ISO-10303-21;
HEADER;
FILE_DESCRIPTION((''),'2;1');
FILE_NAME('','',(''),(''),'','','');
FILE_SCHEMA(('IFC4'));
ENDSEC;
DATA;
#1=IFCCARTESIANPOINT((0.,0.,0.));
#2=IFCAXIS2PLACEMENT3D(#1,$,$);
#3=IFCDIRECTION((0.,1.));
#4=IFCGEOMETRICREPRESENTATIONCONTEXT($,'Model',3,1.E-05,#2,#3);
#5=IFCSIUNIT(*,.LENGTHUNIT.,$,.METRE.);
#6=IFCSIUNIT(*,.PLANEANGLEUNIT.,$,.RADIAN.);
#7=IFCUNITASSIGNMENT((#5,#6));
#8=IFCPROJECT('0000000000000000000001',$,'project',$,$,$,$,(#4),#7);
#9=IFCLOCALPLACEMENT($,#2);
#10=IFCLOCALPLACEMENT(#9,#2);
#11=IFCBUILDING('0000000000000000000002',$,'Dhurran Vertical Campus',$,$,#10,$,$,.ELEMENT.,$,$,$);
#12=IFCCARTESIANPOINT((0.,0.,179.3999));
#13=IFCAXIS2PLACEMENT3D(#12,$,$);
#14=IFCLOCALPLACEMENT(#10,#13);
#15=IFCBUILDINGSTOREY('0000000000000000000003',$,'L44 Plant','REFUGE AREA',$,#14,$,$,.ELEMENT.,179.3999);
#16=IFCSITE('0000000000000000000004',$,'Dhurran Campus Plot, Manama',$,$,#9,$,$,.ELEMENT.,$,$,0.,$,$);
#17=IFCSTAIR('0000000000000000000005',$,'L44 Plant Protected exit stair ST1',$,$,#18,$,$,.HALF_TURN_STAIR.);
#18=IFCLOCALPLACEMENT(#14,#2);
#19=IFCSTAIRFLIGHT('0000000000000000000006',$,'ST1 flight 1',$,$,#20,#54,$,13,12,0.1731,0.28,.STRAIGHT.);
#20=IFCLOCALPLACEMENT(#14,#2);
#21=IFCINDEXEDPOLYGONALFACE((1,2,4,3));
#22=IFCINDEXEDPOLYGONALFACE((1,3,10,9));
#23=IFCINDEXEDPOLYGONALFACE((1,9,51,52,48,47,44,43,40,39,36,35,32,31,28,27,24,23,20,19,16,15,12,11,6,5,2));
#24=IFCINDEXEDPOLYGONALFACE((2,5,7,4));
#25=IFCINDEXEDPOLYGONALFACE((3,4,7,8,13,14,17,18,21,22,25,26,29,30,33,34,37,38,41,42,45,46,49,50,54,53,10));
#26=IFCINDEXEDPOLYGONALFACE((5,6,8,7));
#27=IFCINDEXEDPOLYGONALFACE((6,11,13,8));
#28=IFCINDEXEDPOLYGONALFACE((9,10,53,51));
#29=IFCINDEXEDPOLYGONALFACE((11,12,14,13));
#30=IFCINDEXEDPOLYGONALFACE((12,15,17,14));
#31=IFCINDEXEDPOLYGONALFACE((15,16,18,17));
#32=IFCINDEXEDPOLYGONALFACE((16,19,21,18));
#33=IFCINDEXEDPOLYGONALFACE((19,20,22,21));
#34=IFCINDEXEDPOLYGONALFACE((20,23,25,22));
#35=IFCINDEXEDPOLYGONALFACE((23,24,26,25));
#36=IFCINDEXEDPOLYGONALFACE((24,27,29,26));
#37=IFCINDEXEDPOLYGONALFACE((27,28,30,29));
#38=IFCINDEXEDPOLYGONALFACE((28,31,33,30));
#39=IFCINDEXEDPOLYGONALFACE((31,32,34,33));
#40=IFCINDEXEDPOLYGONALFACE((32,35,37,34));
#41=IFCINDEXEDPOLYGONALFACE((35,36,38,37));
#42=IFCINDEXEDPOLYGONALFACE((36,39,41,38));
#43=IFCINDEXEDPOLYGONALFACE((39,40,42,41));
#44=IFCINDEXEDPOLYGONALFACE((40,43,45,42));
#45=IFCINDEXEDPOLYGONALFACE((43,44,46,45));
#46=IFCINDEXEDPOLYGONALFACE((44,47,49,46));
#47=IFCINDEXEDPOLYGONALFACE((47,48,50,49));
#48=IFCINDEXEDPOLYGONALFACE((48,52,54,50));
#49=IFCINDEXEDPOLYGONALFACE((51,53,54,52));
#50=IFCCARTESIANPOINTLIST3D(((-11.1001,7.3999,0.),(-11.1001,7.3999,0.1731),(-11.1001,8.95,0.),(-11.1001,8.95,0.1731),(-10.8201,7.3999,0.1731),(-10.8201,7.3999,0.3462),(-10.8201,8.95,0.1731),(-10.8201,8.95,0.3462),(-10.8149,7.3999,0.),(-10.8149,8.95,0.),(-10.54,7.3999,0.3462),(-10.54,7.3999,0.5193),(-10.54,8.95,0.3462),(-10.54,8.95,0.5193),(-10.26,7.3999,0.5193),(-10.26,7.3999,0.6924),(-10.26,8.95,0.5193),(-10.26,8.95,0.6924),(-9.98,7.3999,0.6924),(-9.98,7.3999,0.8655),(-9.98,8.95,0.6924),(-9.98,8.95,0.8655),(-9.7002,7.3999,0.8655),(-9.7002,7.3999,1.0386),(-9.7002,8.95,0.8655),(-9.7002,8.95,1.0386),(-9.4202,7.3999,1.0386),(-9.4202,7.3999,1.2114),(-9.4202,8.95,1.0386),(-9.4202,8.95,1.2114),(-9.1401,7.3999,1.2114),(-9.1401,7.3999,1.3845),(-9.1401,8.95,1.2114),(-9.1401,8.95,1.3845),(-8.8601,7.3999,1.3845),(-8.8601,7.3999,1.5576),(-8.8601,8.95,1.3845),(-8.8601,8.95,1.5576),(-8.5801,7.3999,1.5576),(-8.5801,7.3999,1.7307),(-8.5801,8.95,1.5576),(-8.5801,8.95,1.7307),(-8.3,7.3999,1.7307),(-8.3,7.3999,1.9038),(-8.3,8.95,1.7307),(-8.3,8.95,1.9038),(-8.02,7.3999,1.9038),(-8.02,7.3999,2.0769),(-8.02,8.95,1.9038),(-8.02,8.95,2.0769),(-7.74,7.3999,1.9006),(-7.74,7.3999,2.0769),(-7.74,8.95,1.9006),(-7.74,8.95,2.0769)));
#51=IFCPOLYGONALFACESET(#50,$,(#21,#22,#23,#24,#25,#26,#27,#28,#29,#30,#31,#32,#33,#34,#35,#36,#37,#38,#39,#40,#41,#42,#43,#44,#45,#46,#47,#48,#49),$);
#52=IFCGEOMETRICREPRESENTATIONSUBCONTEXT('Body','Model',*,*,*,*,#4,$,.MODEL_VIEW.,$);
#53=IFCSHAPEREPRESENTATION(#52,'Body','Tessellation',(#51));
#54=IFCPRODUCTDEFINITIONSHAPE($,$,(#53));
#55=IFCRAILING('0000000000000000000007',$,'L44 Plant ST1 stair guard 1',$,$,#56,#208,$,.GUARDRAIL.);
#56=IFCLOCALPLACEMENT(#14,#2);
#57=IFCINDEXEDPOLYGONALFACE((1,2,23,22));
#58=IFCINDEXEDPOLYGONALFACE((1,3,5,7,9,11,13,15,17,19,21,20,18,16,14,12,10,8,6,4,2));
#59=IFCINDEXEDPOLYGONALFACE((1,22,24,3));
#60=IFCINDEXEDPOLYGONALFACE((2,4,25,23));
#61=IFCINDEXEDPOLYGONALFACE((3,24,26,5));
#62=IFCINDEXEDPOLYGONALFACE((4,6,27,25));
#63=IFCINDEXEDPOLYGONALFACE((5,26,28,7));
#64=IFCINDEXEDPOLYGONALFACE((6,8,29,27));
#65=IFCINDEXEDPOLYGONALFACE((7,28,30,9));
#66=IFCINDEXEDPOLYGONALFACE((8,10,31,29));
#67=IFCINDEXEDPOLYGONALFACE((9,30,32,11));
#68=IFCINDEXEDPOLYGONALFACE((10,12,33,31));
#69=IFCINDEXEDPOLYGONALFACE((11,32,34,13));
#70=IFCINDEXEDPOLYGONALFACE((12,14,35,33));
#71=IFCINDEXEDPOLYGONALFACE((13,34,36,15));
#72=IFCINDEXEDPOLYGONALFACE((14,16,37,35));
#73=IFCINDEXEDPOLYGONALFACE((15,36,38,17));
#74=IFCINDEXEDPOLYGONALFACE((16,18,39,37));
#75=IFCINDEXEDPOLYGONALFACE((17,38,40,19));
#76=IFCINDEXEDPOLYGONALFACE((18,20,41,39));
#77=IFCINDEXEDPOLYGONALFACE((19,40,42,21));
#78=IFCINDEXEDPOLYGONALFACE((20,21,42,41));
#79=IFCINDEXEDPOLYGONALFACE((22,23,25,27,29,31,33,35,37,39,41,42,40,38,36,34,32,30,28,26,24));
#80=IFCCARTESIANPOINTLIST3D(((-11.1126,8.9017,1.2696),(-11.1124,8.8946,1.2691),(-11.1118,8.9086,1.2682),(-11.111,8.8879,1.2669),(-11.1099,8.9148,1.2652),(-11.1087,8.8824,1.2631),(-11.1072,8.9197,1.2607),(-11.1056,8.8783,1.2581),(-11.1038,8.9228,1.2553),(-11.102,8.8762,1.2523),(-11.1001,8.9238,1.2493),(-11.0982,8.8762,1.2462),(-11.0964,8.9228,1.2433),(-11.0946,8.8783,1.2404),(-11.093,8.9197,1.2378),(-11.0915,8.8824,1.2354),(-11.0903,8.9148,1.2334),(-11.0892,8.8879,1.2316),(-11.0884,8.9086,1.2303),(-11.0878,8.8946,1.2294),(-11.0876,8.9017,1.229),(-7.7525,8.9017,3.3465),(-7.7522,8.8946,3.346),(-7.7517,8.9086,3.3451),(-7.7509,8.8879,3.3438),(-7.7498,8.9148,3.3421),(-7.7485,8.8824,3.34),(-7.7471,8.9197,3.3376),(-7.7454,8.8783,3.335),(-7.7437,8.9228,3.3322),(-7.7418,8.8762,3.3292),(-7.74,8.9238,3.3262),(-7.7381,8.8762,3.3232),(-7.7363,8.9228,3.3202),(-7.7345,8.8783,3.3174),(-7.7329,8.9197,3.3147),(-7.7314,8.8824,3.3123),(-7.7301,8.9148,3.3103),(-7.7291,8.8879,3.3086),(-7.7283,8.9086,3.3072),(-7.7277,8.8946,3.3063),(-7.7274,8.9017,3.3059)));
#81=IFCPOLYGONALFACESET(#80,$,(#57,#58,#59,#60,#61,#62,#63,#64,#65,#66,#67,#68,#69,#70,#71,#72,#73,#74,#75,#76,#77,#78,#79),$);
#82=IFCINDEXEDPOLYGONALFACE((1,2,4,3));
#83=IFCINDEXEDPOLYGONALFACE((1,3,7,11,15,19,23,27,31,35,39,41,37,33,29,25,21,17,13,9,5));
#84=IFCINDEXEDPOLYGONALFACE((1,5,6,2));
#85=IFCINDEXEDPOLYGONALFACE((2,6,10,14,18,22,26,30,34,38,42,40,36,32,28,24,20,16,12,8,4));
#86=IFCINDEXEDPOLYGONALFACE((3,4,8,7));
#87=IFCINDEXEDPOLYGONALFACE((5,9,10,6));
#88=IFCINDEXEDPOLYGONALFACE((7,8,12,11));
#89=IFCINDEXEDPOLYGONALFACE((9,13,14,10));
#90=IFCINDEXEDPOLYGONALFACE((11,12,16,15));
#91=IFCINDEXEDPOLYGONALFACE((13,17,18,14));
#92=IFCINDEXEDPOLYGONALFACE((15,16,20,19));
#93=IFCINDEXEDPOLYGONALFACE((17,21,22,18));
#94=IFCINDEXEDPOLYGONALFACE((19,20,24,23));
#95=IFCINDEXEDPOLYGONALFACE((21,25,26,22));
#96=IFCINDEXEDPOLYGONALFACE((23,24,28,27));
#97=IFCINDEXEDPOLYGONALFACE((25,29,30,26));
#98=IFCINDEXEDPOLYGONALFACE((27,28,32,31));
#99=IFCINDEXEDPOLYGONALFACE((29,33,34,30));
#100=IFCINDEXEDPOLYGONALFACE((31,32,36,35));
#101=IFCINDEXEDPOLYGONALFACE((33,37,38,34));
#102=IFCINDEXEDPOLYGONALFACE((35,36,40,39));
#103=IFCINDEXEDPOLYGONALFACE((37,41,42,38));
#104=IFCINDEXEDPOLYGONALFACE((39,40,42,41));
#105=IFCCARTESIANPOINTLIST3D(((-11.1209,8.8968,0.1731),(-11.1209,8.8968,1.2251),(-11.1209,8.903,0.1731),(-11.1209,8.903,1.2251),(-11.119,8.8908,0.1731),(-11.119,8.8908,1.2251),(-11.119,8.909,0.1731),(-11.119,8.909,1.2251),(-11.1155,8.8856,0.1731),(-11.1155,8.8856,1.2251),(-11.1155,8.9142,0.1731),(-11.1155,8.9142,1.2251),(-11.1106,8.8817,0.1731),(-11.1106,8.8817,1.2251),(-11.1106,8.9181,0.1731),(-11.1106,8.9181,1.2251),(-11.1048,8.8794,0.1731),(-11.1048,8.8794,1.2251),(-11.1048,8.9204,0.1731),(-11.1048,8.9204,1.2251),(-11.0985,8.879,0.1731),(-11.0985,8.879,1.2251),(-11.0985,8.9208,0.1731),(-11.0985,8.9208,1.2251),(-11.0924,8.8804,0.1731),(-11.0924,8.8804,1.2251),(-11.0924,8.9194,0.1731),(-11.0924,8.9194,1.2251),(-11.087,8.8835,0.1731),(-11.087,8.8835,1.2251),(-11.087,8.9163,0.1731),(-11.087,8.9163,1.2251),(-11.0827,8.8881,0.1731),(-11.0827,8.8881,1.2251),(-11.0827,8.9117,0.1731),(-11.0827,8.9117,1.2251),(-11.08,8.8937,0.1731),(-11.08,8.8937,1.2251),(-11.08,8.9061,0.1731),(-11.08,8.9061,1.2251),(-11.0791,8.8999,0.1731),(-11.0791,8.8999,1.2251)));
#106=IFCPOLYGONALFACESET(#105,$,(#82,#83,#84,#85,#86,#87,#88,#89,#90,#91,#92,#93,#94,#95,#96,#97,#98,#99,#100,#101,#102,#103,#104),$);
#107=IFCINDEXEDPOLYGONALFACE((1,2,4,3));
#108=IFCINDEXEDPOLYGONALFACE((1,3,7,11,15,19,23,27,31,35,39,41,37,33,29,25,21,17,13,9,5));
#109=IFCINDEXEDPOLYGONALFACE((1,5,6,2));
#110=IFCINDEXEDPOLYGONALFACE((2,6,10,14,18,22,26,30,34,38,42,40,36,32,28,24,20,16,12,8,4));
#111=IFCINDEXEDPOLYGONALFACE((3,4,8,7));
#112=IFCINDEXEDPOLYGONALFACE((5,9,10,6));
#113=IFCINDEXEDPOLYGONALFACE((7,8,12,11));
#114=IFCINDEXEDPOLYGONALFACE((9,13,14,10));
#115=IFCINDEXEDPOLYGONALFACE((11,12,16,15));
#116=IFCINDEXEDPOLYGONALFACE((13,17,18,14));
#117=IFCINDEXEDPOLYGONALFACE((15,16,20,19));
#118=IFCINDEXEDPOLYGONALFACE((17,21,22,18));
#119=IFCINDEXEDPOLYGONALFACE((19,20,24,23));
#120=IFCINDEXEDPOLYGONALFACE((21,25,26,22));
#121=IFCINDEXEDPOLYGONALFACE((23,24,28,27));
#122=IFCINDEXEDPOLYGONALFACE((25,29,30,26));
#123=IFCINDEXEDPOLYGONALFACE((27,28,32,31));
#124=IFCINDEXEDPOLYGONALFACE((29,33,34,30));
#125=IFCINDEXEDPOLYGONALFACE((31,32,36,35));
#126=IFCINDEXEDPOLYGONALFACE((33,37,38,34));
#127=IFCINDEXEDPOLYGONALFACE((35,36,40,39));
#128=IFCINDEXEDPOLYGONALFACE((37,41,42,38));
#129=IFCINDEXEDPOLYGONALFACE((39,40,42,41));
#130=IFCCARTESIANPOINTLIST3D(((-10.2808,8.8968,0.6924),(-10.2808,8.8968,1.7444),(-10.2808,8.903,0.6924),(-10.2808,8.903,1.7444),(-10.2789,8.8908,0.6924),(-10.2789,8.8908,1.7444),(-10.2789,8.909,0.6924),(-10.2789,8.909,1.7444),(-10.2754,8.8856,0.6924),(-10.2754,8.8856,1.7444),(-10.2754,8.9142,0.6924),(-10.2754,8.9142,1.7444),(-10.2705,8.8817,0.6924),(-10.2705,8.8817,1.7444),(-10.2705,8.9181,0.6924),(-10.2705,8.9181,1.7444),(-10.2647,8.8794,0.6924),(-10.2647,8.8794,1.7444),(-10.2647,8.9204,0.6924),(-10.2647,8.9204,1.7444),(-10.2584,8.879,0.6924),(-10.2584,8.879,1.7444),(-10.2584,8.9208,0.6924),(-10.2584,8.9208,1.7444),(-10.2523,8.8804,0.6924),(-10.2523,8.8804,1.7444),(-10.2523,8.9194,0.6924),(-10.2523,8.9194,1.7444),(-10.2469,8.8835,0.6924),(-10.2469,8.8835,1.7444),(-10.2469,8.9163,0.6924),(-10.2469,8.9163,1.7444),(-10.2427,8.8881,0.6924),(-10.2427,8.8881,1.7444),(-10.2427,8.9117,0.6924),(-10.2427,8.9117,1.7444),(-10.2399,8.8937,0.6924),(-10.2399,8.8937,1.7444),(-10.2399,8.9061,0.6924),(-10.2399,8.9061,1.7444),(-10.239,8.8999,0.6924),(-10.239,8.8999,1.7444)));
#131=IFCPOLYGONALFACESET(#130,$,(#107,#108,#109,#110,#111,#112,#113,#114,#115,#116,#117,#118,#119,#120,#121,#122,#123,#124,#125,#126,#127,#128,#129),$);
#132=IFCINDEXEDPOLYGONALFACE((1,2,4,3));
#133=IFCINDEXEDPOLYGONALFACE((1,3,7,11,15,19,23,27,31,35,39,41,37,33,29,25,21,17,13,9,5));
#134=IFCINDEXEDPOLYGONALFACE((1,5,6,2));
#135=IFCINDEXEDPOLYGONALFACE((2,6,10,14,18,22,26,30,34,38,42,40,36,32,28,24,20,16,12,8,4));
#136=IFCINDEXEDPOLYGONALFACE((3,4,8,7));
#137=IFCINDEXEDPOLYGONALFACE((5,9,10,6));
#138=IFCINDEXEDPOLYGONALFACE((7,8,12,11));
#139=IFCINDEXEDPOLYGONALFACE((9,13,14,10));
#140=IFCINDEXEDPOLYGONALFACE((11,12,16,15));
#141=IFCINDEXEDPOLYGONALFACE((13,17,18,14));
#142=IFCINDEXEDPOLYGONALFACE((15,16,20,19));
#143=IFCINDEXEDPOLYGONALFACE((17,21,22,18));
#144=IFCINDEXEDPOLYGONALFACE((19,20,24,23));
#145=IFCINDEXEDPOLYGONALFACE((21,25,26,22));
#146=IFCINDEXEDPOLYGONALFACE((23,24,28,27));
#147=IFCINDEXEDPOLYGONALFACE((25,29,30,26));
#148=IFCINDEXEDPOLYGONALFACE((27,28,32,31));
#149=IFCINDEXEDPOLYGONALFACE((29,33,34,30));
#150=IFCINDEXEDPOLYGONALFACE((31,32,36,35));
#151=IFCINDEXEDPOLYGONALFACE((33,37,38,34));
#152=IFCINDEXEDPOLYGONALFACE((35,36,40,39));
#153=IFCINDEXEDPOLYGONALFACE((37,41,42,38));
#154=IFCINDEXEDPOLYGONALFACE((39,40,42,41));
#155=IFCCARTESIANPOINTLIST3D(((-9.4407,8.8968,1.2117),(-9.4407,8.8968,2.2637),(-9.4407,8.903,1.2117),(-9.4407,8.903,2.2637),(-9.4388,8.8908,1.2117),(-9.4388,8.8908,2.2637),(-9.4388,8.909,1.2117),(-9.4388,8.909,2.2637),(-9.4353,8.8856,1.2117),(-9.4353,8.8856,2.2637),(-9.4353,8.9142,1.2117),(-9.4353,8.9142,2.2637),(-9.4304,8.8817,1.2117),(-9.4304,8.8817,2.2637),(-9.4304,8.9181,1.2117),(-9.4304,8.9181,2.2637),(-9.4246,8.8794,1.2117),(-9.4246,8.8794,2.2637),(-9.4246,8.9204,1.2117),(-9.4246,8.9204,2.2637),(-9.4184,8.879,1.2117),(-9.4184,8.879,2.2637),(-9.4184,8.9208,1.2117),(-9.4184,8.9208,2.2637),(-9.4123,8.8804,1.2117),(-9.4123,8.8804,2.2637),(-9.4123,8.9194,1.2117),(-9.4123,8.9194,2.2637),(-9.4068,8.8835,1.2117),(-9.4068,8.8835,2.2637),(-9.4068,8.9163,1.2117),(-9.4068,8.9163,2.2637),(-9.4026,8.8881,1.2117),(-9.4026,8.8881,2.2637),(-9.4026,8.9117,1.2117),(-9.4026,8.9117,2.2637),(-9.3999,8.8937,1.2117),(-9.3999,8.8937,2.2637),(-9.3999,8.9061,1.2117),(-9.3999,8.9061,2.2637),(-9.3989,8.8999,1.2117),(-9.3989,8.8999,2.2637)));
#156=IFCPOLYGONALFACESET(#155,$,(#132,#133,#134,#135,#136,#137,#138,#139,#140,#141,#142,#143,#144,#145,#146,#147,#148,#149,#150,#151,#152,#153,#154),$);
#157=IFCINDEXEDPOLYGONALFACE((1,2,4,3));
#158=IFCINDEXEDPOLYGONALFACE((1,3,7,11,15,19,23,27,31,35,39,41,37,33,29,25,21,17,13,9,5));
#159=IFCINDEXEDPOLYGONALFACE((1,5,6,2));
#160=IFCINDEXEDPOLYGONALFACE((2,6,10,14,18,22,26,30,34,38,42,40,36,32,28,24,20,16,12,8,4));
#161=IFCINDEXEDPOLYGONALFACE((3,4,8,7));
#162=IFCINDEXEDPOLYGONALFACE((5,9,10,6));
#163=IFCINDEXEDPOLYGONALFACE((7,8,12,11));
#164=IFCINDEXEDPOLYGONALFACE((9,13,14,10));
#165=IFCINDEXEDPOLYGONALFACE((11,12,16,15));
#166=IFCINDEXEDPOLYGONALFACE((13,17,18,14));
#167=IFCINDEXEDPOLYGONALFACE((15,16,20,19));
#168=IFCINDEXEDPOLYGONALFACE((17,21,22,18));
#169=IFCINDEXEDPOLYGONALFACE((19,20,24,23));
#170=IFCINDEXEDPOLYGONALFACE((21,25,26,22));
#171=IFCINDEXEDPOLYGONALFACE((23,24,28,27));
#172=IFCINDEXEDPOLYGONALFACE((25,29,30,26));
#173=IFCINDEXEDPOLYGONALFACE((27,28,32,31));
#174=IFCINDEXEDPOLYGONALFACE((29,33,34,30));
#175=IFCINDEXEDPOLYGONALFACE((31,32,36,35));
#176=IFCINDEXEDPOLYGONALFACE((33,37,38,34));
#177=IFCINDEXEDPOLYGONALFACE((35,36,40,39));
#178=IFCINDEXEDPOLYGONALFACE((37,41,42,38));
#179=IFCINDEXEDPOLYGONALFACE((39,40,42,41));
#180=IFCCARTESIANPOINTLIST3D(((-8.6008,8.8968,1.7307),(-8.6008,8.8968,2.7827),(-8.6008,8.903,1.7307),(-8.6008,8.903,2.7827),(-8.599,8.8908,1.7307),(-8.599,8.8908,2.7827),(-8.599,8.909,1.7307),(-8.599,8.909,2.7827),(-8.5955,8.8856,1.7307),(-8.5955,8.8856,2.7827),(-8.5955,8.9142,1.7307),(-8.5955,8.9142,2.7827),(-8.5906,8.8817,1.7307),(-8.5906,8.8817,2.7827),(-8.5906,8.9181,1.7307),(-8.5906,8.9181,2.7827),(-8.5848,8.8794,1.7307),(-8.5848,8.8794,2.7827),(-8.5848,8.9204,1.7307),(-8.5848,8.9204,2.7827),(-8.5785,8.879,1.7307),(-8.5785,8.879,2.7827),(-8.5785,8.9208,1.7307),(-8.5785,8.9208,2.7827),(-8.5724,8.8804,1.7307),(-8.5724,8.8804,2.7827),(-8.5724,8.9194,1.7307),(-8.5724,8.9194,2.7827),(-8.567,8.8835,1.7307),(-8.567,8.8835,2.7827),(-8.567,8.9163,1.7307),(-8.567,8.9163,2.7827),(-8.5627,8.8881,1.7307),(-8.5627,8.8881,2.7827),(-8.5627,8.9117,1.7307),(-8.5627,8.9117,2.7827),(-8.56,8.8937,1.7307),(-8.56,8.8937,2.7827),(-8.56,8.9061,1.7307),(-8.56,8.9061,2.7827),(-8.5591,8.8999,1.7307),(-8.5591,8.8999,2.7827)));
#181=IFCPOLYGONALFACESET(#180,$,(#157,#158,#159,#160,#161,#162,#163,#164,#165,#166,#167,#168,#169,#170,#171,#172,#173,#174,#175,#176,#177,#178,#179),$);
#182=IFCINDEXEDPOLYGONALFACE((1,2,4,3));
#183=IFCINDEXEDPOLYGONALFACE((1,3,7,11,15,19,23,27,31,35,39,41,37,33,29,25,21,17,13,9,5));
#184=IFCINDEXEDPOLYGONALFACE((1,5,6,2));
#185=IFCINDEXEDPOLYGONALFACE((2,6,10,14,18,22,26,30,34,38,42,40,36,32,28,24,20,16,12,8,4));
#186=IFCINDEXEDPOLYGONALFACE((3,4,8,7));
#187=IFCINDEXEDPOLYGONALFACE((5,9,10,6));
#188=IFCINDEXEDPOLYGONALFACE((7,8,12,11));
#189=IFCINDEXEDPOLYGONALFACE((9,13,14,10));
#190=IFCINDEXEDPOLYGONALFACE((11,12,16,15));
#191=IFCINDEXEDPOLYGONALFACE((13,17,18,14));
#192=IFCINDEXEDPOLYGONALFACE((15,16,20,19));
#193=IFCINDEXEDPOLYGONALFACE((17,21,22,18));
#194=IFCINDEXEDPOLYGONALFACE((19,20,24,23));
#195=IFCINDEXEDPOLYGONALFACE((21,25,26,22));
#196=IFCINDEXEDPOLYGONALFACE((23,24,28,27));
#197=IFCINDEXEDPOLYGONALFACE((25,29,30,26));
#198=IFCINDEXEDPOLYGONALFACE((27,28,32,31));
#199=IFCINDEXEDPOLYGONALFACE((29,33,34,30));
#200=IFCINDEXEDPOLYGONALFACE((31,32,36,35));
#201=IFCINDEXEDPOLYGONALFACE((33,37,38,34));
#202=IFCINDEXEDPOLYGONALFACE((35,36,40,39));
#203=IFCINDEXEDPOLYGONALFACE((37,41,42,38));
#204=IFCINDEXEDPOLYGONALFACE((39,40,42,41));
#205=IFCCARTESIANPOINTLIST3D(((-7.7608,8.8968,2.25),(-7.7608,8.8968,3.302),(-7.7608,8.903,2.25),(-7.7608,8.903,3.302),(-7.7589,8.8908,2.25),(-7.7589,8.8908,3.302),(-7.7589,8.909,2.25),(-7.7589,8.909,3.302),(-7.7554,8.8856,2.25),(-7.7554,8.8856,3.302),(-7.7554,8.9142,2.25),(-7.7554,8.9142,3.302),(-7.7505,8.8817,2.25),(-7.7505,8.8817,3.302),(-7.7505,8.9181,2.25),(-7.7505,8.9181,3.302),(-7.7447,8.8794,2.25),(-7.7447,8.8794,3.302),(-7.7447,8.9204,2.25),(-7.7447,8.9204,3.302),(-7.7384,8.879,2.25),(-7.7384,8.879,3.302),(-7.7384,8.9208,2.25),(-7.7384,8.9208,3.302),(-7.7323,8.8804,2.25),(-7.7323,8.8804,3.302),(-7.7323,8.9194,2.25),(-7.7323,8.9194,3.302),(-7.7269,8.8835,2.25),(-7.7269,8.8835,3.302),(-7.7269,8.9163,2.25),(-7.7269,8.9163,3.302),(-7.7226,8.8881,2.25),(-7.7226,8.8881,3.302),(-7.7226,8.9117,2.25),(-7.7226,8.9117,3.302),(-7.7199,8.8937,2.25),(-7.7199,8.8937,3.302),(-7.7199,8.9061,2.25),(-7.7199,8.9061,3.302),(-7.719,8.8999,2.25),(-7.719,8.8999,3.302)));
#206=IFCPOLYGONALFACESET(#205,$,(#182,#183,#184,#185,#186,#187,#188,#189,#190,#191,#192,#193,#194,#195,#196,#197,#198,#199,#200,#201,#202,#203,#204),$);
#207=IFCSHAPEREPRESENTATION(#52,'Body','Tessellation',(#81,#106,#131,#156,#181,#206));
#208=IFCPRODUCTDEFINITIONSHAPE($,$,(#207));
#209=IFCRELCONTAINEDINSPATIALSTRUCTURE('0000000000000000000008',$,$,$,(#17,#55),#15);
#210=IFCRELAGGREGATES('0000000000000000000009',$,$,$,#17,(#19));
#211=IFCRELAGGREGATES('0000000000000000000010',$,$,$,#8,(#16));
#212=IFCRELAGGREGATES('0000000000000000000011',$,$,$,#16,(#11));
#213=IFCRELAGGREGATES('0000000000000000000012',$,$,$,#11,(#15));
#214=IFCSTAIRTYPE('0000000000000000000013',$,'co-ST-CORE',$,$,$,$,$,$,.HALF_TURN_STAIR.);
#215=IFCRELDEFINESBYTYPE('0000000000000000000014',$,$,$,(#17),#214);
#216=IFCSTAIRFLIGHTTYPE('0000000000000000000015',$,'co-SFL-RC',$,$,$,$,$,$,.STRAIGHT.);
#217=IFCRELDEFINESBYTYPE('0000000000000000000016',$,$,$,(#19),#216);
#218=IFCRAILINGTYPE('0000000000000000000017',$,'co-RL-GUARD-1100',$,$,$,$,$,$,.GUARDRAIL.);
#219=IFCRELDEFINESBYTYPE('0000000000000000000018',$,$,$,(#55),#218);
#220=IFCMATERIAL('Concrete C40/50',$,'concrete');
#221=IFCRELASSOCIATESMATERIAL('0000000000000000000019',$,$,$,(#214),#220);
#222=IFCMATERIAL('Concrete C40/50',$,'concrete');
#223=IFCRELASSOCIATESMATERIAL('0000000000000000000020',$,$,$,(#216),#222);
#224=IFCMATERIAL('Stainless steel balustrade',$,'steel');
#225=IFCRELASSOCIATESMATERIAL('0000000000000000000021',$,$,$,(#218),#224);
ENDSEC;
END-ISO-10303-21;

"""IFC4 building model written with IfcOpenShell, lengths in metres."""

from ifc_helpers import new_model, si_unit, direction, frame, origin, origin_2d, place, context, subcontext, project, spatial, polyline, circle, outline, extrude, material, type_object, element, aggregate, save


model = new_model("IFC4")

# Units and contexts
model_context = context("Model", 3, precision=1e-05, world=origin(), true_north=direction((0.0, 1.0)))
body_context = subcontext(model_context, "Body", "Model", "MODEL_VIEW")
ifc_project = project(units=[si_unit("LENGTHUNIT", "METRE"), si_unit("PLANEANGLEUNIT", "RADIAN")], contexts=[model_context])

# Site, building, storey
site_placement = place(None, origin())
site = spatial("IfcSite", under=ifc_project, at=site_placement, Name="Dhurran Campus Plot, Manama", CompositionType="ELEMENT", RefElevation=0.0)
building_placement = place(site_placement, origin())
building = spatial("IfcBuilding", under=site, at=building_placement, Name="Dhurran Vertical Campus", CompositionType="ELEMENT")
storey_placement = place(building_placement, frame((0.0, 0.0, 179.3999)))
storey = spatial("IfcBuildingStorey", under=building, at=storey_placement, Name="L44 Plant", Description="REFUGE AREA", CompositionType="ELEMENT", Elevation=179.3999)

# Stair, stair flight
ifc_material_1 = material(Name="Concrete C40/50", Category="concrete")
stair_type = type_object("IfcStairType", Name="co-ST-CORE", PredefinedType="HALF_TURN_STAIR", material=ifc_material_1)
stair_placement = place(storey_placement, origin())
stair = element("IfcStair", 1, at=stair_placement, inside=storey, type_object=stair_type, Name="L44 Plant Protected exit stair ST1", PredefinedType="HALF_TURN_STAIR")
ifc_material_2 = material(Name="Concrete C40/50", Category="concrete")
stair_flight_type = type_object("IfcStairFlightType", Name="co-SFL-RC", PredefinedType="STRAIGHT", material=ifc_material_2)
stair_flight_placement = place(storey_placement, frame((-11.1001, 8.175, 0.0), z_axis=(0.0, 0.0, 1.0), x_axis=(1.0, 0.0, 0.0)))
stair_flight = element("IfcStairFlight", 2, at=stair_flight_placement, type_object=stair_flight_type, Name="ST1 flight 1", NumberOfRisers=13, NumberOfTreads=12, PredefinedType="STRAIGHT", RiserHeight=0.1731, TreadLength=0.28, context=body_context, shape_type="SweptSolid", body=[
    extrude(outline(polyline([(0.0, 0.0), (0.0, 0.1731), (0.28, 0.1731), (0.28, 0.3462), (0.5601, 0.3462), (0.5601, 0.5193), (0.8401, 0.5193), (0.8401, 0.6924), (1.1201, 0.6924), (1.1201, 0.8655), (1.3999, 0.8655), (1.3999, 1.0386), (1.6799, 1.0386), (1.6799, 1.2114), (1.96, 1.2114), (1.96, 1.3845), (2.24, 1.3845), (2.24, 1.5576), (2.52, 1.5576), (2.52, 1.7307), (2.8, 1.7307), (2.8, 1.9038), (3.0801, 1.9038), (3.0801, 2.0769), (3.3601, 2.0769), (3.3601, 2.25), (3.3601, 1.9006), (0.2852, 0.0), (0.0, 0.0)])), frame((0.0, 0.7749, 0.0), z_axis=(0.0, -1.0, 0.0), x_axis=(1.0, 0.0, 0.0)), (0.0, 0.0, 1.0), 1.55),
])
aggregate(stair, [stair_flight])

# Railing
ifc_material_3 = material(Name="Stainless steel balustrade", Category="steel")
railing_type_1 = type_object("IfcRailingType", Name="co-RL-GUARD-1100", PredefinedType="GUARDRAIL", material=ifc_material_3)
railing_1_placement = place(storey_placement, frame((-11.1001, 8.8999, 0.1731)))
element("IfcRailing", 3, at=railing_1_placement, inside=storey, type_object=railing_type_1, Name="L44 Plant ST1 stair guard 1", PredefinedType="GUARDRAIL", context=body_context, shape_type="SweptSolid", body=[
    extrude(circle(Radius=0.0239, at=origin_2d()), frame((0.0, 0.0, 1.0762), z_axis=(0.850623, 0.0, 0.525776), x_axis=(0.0, 1.0, 0.0)), (0.0, 0.0, 1.0), 3.9502),
    extrude(circle(Radius=0.021, at=origin_2d()), origin(), (0.0, 0.0, 1.0), 1.052),
    extrude(circle(Radius=0.021, at=origin_2d()), frame((0.8401, 0.0, 0.5193)), (0.0, 0.0, 1.0), 1.052),
    extrude(circle(Radius=0.021, at=origin_2d()), frame((1.6802, 0.0, 1.0386)), (0.0, 0.0, 1.0), 1.052),
    extrude(circle(Radius=0.021, at=origin_2d()), frame((2.52, 0.0, 1.5576)), (0.0, 0.0, 1.0), 1.052),
    extrude(circle(Radius=0.021, at=origin_2d()), frame((3.3601, 0.0, 2.0769)), (0.0, 0.0, 1.0), 1.052),
])

save(model, "model.ifc")
